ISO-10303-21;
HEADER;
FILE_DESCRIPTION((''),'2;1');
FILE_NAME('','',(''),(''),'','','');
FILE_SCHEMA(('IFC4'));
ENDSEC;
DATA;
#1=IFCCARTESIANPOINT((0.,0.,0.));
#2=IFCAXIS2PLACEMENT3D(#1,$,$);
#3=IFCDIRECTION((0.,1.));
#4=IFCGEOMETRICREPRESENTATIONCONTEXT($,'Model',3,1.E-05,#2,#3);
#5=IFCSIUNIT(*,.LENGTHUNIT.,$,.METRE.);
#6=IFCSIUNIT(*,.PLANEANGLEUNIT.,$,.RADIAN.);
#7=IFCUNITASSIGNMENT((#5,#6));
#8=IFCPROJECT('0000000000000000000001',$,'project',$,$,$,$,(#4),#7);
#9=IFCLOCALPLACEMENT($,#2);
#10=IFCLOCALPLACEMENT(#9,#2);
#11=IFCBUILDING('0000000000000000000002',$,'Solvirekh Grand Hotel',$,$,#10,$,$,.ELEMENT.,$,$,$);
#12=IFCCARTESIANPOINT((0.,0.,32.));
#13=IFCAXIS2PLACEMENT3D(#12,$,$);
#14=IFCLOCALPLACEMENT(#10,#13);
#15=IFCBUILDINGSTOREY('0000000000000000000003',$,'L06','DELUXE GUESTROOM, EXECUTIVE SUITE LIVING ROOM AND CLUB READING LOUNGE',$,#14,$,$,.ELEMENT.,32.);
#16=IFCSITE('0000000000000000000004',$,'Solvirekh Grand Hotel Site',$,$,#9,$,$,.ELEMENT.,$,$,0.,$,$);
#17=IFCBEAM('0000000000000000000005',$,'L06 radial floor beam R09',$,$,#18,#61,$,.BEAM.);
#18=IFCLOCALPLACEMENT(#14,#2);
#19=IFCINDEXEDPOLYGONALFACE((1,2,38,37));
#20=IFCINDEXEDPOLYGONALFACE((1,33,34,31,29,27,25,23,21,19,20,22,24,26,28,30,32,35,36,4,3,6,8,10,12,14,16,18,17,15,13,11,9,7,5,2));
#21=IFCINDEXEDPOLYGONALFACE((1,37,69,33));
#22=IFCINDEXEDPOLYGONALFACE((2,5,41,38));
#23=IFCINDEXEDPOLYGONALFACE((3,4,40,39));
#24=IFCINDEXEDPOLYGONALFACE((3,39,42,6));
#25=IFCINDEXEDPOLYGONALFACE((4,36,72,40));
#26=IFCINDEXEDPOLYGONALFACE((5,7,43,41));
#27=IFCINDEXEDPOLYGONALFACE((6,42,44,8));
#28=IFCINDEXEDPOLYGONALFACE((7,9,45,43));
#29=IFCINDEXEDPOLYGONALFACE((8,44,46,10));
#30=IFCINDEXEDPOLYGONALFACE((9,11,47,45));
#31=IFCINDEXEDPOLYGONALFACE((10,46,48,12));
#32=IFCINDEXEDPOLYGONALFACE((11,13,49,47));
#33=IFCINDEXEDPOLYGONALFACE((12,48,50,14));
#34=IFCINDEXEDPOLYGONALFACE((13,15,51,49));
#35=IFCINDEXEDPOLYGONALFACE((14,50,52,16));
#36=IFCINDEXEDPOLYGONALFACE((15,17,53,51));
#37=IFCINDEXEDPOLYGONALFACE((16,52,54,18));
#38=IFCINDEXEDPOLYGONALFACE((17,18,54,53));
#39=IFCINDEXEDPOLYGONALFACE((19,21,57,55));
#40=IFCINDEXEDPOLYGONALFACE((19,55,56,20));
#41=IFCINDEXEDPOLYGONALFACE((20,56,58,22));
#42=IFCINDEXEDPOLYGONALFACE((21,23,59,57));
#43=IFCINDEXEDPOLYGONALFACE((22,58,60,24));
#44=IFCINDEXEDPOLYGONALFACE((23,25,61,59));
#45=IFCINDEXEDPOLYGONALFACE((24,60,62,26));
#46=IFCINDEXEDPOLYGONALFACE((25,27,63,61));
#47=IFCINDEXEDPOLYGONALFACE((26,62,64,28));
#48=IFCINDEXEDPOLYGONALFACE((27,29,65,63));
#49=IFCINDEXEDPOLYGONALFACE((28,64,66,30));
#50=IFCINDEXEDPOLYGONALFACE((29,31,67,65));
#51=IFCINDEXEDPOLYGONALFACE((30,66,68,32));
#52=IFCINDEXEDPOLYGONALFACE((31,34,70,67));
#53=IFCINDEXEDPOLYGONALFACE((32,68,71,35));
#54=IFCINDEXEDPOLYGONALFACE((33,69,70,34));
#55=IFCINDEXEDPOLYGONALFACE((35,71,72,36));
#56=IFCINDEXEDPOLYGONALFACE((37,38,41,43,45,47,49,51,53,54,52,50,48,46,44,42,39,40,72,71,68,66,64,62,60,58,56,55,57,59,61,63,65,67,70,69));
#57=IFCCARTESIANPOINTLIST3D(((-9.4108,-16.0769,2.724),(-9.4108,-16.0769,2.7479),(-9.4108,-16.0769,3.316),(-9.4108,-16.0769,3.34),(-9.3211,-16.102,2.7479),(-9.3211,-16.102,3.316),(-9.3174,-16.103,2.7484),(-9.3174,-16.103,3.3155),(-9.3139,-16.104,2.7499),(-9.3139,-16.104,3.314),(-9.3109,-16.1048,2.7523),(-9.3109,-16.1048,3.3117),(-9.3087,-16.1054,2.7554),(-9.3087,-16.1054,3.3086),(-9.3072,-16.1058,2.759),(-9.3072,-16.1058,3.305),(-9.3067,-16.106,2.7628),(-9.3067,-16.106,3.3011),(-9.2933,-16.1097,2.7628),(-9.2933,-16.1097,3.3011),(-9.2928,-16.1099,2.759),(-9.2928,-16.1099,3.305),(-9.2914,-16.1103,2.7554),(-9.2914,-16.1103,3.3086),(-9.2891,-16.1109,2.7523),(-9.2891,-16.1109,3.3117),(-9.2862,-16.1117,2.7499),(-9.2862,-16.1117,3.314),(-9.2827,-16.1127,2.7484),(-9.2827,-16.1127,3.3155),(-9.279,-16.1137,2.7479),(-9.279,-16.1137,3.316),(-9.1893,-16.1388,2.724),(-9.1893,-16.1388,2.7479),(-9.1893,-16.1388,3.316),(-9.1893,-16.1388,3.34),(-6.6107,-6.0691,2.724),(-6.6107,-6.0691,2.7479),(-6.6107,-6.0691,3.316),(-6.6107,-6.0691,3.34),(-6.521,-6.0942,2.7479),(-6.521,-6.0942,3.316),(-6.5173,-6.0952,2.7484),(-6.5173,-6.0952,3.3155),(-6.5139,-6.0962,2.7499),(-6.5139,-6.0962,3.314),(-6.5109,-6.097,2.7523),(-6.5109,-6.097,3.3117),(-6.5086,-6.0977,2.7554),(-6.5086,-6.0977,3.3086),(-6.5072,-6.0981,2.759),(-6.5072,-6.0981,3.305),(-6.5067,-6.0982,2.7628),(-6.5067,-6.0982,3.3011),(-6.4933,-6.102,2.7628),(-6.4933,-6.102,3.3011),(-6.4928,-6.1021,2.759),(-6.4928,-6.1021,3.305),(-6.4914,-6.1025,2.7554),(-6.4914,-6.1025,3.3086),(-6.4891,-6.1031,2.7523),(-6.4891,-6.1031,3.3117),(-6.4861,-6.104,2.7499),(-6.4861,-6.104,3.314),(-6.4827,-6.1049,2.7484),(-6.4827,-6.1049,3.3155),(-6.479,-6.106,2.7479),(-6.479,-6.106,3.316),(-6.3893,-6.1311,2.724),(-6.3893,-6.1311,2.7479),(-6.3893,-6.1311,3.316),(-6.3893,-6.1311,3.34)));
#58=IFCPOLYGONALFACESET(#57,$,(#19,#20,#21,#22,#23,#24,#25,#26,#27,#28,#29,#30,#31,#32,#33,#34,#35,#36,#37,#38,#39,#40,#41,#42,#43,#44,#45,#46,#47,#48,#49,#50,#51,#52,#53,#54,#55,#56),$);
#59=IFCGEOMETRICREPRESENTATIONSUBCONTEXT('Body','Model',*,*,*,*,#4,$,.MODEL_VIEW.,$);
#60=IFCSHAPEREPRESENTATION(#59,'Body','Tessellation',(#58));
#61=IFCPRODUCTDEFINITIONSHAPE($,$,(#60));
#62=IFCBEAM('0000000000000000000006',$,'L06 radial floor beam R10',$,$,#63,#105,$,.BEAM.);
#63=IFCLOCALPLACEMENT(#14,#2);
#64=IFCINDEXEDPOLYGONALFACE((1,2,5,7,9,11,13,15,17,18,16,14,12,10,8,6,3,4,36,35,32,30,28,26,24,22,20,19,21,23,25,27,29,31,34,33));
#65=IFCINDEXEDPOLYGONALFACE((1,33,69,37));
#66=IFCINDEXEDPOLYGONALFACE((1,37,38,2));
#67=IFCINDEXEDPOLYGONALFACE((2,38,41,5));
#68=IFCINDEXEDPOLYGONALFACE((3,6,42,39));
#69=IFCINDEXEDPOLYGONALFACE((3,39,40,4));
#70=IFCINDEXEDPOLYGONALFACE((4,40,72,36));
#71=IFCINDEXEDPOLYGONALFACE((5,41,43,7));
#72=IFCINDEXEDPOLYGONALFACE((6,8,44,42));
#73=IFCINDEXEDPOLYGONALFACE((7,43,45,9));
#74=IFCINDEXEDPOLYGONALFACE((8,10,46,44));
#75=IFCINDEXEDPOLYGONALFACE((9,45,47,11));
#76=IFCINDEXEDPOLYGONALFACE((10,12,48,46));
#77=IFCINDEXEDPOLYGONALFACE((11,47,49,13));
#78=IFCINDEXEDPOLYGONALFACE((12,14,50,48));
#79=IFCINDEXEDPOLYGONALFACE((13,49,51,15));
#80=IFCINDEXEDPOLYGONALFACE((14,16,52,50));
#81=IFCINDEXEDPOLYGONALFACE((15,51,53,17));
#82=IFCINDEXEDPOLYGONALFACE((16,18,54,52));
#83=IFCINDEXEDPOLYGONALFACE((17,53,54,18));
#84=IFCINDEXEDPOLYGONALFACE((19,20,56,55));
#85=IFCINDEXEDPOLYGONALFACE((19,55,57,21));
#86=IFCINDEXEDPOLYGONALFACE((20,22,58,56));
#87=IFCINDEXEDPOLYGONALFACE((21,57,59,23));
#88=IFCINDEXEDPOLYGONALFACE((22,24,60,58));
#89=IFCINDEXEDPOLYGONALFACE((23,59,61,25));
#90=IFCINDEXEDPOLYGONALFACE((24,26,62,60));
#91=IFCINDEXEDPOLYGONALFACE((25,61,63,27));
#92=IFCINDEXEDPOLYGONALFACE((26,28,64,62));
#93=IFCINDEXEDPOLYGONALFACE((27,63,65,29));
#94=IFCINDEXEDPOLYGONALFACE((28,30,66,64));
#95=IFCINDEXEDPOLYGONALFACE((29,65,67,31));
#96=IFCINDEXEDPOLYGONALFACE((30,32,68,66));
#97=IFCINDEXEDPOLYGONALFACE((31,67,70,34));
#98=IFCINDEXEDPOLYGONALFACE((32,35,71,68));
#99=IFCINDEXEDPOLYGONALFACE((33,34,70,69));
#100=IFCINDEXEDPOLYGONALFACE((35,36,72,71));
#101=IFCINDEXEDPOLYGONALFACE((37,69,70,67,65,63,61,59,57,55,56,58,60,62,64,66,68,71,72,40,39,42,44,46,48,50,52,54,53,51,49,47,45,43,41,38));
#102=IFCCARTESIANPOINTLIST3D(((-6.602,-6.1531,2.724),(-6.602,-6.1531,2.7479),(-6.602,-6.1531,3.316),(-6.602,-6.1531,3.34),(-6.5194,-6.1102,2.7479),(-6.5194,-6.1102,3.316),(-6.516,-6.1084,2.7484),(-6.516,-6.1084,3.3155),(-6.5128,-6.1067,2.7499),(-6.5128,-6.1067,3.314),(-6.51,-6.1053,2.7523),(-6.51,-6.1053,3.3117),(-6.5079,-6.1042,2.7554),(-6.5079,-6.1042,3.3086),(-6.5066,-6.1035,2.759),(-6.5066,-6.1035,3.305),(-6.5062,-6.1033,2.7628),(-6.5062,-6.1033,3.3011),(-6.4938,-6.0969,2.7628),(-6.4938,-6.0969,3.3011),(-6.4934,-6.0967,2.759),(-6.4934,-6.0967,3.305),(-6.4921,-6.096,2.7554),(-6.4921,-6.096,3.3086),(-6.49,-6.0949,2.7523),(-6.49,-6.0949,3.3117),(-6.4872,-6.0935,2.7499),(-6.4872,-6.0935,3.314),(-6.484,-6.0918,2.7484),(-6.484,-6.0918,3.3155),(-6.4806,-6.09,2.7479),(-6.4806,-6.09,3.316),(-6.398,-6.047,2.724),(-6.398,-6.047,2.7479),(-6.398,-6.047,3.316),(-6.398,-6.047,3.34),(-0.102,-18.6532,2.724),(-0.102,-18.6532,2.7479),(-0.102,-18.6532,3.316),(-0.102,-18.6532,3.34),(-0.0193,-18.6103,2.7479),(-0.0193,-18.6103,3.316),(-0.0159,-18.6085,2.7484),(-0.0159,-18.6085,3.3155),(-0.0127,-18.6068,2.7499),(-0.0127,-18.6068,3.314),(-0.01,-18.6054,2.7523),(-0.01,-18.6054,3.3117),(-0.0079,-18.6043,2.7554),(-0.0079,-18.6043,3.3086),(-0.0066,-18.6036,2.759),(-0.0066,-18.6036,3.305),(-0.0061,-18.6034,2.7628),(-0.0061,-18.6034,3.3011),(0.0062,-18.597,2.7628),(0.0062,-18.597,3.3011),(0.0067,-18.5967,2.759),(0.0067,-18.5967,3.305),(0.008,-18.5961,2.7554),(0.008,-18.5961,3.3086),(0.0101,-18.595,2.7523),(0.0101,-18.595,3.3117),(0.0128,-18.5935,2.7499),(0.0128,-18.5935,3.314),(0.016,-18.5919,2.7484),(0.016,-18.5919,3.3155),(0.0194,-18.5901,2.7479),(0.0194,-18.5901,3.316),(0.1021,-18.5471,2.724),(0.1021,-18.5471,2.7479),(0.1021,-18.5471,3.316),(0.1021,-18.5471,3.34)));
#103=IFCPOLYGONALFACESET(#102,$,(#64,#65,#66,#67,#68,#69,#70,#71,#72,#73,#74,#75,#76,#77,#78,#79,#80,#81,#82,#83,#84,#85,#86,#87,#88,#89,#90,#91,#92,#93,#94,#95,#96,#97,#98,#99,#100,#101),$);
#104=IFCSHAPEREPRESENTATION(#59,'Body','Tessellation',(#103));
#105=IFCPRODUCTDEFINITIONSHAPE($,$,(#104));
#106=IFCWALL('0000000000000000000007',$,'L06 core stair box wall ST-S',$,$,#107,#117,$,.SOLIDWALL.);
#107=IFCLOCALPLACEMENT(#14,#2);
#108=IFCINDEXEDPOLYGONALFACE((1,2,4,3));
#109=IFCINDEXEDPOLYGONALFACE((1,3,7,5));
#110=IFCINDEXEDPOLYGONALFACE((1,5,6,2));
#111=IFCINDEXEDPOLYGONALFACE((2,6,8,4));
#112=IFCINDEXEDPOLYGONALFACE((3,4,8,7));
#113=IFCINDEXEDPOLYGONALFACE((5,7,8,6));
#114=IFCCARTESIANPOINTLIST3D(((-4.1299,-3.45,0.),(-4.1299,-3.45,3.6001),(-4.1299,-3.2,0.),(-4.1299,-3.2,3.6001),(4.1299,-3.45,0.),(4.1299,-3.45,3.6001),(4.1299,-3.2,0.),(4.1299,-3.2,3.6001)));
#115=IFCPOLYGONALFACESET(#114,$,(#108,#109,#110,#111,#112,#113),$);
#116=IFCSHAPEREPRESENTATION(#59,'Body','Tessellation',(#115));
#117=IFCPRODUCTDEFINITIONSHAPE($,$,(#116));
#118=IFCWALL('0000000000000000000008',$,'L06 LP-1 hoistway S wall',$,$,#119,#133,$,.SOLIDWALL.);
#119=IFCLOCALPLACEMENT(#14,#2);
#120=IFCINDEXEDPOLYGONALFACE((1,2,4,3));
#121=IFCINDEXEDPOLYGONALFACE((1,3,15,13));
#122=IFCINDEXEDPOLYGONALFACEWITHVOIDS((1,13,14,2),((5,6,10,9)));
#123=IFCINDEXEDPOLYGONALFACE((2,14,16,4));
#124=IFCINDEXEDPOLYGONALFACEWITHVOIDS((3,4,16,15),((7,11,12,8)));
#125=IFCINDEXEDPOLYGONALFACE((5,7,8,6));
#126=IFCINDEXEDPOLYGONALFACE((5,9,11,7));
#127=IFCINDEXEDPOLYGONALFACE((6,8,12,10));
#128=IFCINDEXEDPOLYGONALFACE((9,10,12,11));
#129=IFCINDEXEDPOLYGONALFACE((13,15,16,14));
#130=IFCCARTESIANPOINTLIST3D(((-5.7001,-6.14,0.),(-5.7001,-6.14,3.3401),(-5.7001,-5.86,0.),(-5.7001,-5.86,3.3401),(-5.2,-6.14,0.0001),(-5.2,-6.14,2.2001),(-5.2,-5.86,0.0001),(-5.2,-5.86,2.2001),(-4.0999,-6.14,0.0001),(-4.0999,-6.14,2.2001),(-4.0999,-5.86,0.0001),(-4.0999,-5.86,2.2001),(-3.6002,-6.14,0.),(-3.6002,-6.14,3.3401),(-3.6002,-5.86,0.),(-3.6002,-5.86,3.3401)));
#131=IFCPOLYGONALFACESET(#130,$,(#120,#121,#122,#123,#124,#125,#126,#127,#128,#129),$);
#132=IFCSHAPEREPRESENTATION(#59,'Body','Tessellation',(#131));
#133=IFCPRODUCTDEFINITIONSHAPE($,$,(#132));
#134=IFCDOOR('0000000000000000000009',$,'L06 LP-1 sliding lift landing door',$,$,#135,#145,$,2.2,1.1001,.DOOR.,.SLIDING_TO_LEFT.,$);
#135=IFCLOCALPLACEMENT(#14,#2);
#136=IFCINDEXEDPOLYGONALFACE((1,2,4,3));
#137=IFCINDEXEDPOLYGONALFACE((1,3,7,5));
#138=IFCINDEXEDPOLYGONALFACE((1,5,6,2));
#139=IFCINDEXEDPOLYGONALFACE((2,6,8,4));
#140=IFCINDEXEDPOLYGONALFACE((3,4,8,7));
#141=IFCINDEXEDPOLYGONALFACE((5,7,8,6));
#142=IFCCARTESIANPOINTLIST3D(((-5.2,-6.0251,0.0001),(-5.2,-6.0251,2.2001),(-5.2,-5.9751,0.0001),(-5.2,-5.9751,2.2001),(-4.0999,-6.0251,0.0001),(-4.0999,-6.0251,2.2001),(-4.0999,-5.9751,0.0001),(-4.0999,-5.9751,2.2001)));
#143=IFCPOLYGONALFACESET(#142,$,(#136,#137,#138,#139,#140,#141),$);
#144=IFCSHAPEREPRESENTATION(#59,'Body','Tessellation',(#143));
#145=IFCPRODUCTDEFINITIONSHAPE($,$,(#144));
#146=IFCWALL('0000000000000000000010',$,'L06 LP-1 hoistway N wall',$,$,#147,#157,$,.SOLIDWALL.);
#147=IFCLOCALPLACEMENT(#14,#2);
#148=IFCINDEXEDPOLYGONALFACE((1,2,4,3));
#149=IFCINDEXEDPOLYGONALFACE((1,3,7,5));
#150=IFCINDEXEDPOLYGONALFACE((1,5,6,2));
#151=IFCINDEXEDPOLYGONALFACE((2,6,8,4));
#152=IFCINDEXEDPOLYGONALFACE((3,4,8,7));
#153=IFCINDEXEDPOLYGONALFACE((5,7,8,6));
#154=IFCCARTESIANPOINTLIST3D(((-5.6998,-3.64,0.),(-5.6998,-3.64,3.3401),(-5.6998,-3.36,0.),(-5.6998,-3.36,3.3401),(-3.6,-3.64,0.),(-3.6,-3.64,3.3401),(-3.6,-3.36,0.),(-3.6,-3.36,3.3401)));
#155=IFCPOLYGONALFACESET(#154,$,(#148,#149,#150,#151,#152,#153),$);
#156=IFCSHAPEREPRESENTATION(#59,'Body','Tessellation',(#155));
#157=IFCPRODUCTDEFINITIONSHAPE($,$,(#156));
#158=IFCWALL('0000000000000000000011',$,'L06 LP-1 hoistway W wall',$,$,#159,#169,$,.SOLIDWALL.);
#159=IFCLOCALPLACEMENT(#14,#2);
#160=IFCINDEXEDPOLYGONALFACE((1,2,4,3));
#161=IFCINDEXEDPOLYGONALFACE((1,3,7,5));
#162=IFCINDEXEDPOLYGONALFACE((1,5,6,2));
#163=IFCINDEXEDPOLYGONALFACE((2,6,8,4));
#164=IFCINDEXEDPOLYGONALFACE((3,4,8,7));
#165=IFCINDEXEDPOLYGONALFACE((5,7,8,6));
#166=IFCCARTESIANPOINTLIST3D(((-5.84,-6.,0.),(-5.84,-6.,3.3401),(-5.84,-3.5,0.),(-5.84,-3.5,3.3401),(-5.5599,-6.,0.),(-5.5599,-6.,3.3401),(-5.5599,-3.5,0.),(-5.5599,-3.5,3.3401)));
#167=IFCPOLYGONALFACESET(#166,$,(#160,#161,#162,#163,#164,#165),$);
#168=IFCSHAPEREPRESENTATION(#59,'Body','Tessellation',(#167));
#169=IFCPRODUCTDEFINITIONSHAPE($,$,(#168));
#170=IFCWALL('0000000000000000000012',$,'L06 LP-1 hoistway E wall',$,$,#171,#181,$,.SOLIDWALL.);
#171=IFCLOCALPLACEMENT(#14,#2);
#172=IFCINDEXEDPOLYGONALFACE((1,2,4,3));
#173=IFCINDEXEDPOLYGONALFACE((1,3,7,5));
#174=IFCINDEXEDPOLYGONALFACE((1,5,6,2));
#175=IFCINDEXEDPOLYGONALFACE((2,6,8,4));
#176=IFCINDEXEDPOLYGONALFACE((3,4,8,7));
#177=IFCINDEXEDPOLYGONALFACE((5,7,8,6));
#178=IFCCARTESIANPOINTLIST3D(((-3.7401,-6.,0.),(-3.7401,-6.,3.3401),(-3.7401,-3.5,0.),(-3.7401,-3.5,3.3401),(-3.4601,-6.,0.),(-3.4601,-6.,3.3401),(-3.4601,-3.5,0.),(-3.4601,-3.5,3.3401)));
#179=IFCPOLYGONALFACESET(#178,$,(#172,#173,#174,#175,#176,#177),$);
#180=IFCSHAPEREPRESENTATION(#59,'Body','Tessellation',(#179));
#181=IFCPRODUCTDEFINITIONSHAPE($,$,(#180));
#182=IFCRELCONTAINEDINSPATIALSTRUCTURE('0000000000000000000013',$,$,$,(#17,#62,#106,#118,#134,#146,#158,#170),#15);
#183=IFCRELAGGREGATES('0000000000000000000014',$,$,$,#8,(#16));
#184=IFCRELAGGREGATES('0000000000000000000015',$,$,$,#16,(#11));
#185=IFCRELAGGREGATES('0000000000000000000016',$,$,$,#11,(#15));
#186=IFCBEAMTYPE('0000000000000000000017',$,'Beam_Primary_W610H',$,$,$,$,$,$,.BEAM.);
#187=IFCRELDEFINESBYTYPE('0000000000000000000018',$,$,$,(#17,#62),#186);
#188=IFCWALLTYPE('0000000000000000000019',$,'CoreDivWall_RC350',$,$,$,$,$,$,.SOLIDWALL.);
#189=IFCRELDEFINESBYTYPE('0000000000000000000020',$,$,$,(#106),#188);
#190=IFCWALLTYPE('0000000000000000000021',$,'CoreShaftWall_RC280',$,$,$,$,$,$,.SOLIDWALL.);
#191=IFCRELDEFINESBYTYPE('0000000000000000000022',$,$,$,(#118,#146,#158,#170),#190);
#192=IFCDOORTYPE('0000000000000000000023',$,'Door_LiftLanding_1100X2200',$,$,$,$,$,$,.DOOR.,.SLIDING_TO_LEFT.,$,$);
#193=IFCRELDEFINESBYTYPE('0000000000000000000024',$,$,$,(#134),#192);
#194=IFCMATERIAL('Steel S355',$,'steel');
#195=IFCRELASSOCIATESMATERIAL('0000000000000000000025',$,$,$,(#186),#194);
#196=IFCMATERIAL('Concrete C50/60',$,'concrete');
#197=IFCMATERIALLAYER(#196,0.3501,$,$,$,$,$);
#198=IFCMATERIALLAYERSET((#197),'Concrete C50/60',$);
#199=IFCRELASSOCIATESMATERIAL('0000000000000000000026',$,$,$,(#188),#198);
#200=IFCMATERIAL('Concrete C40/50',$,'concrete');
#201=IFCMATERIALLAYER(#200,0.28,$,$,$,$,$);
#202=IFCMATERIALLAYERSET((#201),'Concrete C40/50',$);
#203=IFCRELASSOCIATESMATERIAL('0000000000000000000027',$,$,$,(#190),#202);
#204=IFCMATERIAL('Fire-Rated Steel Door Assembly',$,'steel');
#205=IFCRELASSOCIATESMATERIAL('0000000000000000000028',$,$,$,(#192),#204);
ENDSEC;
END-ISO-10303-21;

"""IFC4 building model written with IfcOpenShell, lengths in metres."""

from ifc_helpers import new_model, si_unit, direction, frame, frame_2d, origin, origin_2d, place, context, subcontext, project, spatial, rectangle, i_section, extrude, material, layer, layer_set, material_profile, profile_set, type_object, element, fill, save


model = new_model("IFC4")

# Units and contexts
model_context = context("Model", 3, precision=1e-05, world=origin(), true_north=direction((0.0, 1.0)))
body_context = subcontext(model_context, "Body", "Model", "MODEL_VIEW")
ifc_project = project(units=[si_unit("LENGTHUNIT", "METRE"), si_unit("PLANEANGLEUNIT", "RADIAN")], contexts=[model_context])

# Site, building, storey
site_placement = place(None, origin())
site = spatial("IfcSite", under=ifc_project, at=site_placement, Name="Solvirekh Grand Hotel Site", CompositionType="ELEMENT", RefElevation=0.0)
building_placement = place(site_placement, origin())
building = spatial("IfcBuilding", under=site, at=building_placement, Name="Solvirekh Grand Hotel", CompositionType="ELEMENT")
storey_placement = place(building_placement, frame((0.0, 0.0, 32.0)))
storey = spatial("IfcBuildingStorey", under=building, at=storey_placement, Name="L06", Description="DELUXE GUESTROOM, EXECUTIVE SUITE LIVING ROOM AND CLUB READING LOUNGE", CompositionType="ELEMENT", Elevation=32.0)

# Beams
ifc_material_1 = material(Name="Steel S355", Category="steel")
ifc_material_profile = material_profile(ifc_material_1, i_section(OverallWidth=0.23, OverallDepth=0.616, WebThickness=0.0139, FlangeThickness=0.0239, FilletRadius=0.0149, at=origin_2d()), Name="W610X174")
ifc_profile_set = profile_set([ifc_material_profile], Name="Steel S355")
beam_type = type_object("IfcBeamType", Name="Beam_Primary_W610H", PredefinedType="BEAM", material=ifc_profile_set)
beam_1_placement = place(storey_placement, frame((-6.5, -6.1001, 3.032), z_axis=(-0.269439, -0.963017, 0.0), x_axis=(0.963017, -0.269439, 0.0)))
element("IfcBeam", 1, at=beam_1_placement, inside=storey, type_object=beam_type, Name="L06 radial floor beam R09", PredefinedType="BEAM", context=body_context, shape_type="SweptSolid", body=[
    extrude(i_section(OverallWidth=0.23, OverallDepth=0.616, WebThickness=0.0139, FlangeThickness=0.0239, FilletRadius=0.0149, at=origin_2d()), origin(), (0.0, 0.0, 1.0), 10.3921),
])
beam_2_placement = place(storey_placement, frame((-6.5, -6.1001, 3.032), z_axis=(0.461353, -0.887217, 0.0), x_axis=(0.887217, 0.461353, 0.0)))
element("IfcBeam", 2, at=beam_2_placement, inside=storey, type_object=beam_type, Name="L06 radial floor beam R10", PredefinedType="BEAM", context=body_context, shape_type="SweptSolid", body=[
    extrude(i_section(OverallWidth=0.23, OverallDepth=0.616, WebThickness=0.0139, FlangeThickness=0.0239, FilletRadius=0.0149, at=origin_2d()), origin(), (0.0, 0.0, 1.0), 14.0891),
])

# Wall
ifc_material_2 = material(Name="Concrete C50/60", Category="concrete")
ifc_layer_1 = layer(ifc_material_2, 0.3501)
ifc_layer_set_1 = layer_set([ifc_layer_1], Name="Concrete C50/60")
wall_type_1 = type_object("IfcWallType", Name="CoreDivWall_RC350", PredefinedType="SOLIDWALL", material=ifc_layer_set_1)
wall_1_placement = place(storey_placement, frame((-4.1299, -3.325, 0.0), z_axis=(0.0, 0.0, 1.0), x_axis=(1.0, 0.0, 0.0)))
element("IfcWall", 3, at=wall_1_placement, inside=storey, type_object=wall_type_1, Name="L06 core stair box wall ST-S", PredefinedType="SOLIDWALL", context=body_context, shape_type="SweptSolid", body=[
    extrude(rectangle(XDim=8.2598, YDim=0.25, at=frame_2d((4.1299, 0.0))), origin(), (0.0, 0.0, 1.0), 3.6001),
])

# Wall, opening, door
ifc_material_3 = material(Name="Concrete C40/50", Category="concrete")
ifc_layer_2 = layer(ifc_material_3, 0.28)
ifc_layer_set_2 = layer_set([ifc_layer_2], Name="Concrete C40/50")
wall_type_2 = type_object("IfcWallType", Name="CoreShaftWall_RC280", PredefinedType="SOLIDWALL", material=ifc_layer_set_2)
wall_2_placement = place(storey_placement, frame((-5.7, -6.0, 0.0), z_axis=(0.0, 0.0, 1.0), x_axis=(1.0, 0.0, 0.0)))
wall_2 = element("IfcWall", 4, at=wall_2_placement, inside=storey, type_object=wall_type_2, Name="L06 LP-1 hoistway S wall", PredefinedType="SOLIDWALL", context=body_context, shape_type="SweptSolid", body=[
    extrude(rectangle(XDim=2.0999, YDim=0.28, at=frame_2d((1.0498, 0.0))), origin(), (0.0, 0.0, 1.0), 3.3401),
])
opening_1_placement = place(wall_2_placement, frame((0.5, 0.0, 0.0)))
opening_1 = element("IfcOpeningElement", 5, at=opening_1_placement, cuts=wall_2, PredefinedType="OPENING", context=body_context, shape_type="SweptSolid", body=[
    extrude(rectangle(XDim=1.1001, YDim=2.2, at=frame_2d((0.55, 1.1001))), frame((0.0, 0.1499, 0.0), z_axis=(0.0, -1.0, 0.0), x_axis=(1.0, 0.0, 0.0)), (0.0, 0.0, 1.0), 0.3),
])
ifc_material_4 = material(Name="Fire-Rated Steel Door Assembly", Category="steel")
door_type_1 = type_object("IfcDoorType", Name="Door_LiftLanding_1100X2200", OperationType="SLIDING_TO_LEFT", PredefinedType="DOOR", material=ifc_material_4)
door_1_placement = place(opening_1_placement, origin())
door_1 = element("IfcDoor", 6, at=door_1_placement, inside=storey, type_object=door_type_1, Name="L06 LP-1 sliding lift landing door", OperationType="SLIDING_TO_LEFT", OverallHeight=2.2, OverallWidth=1.1001, PredefinedType="DOOR", context=body_context, shape_type="SweptSolid", body=[
    extrude(rectangle(XDim=1.1001, YDim=2.2, at=frame_2d((0.55, 1.1001))), frame((0.0, 0.0249, 0.0), z_axis=(0.0, -1.0, 0.0), x_axis=(1.0, 0.0, 0.0)), (0.0, 0.0, 1.0), 0.05),
])
fill(opening_1, door_1)

# Walls
wall_3_placement = place(storey_placement, frame((-3.6001, -3.5, 0.0), z_axis=(0.0, 0.0, 1.0), x_axis=(-1.0, 0.0, 0.0)))
element("IfcWall", 7, at=wall_3_placement, inside=storey, type_object=wall_type_2, Name="L06 LP-1 hoistway N wall", PredefinedType="SOLIDWALL", context=body_context, shape_type="SweptSolid", body=[
    extrude(rectangle(XDim=2.0999, YDim=0.28, at=frame_2d((1.0498, 0.0))), origin(), (0.0, 0.0, 1.0), 3.3401),
])
for number, where, z_axis, x_axis, name in (
    (8, (-5.7, -3.5, 0.0), (0.0, 0.0, 1.0), (0.0, -1.0, 0.0), "L06 LP-1 hoistway W wall"),
    (9, (-3.6001, -6.0, 0.0), (0.0, 0.0, 1.0), (0.0, 1.0, 0.0), "L06 LP-1 hoistway E wall"),
):
    element("IfcWall", number, at=place(storey_placement, frame(where, z_axis=z_axis, x_axis=x_axis)), inside=storey, type_object=wall_type_2, Name=name, PredefinedType="SOLIDWALL", context=body_context, shape_type="SweptSolid", body=[
        extrude(rectangle(XDim=2.5, YDim=0.28, at=frame_2d((1.25, 0.0))), origin(), (0.0, 0.0, 1.0), 3.3401),
    ])

save(model, "model.ifc")
